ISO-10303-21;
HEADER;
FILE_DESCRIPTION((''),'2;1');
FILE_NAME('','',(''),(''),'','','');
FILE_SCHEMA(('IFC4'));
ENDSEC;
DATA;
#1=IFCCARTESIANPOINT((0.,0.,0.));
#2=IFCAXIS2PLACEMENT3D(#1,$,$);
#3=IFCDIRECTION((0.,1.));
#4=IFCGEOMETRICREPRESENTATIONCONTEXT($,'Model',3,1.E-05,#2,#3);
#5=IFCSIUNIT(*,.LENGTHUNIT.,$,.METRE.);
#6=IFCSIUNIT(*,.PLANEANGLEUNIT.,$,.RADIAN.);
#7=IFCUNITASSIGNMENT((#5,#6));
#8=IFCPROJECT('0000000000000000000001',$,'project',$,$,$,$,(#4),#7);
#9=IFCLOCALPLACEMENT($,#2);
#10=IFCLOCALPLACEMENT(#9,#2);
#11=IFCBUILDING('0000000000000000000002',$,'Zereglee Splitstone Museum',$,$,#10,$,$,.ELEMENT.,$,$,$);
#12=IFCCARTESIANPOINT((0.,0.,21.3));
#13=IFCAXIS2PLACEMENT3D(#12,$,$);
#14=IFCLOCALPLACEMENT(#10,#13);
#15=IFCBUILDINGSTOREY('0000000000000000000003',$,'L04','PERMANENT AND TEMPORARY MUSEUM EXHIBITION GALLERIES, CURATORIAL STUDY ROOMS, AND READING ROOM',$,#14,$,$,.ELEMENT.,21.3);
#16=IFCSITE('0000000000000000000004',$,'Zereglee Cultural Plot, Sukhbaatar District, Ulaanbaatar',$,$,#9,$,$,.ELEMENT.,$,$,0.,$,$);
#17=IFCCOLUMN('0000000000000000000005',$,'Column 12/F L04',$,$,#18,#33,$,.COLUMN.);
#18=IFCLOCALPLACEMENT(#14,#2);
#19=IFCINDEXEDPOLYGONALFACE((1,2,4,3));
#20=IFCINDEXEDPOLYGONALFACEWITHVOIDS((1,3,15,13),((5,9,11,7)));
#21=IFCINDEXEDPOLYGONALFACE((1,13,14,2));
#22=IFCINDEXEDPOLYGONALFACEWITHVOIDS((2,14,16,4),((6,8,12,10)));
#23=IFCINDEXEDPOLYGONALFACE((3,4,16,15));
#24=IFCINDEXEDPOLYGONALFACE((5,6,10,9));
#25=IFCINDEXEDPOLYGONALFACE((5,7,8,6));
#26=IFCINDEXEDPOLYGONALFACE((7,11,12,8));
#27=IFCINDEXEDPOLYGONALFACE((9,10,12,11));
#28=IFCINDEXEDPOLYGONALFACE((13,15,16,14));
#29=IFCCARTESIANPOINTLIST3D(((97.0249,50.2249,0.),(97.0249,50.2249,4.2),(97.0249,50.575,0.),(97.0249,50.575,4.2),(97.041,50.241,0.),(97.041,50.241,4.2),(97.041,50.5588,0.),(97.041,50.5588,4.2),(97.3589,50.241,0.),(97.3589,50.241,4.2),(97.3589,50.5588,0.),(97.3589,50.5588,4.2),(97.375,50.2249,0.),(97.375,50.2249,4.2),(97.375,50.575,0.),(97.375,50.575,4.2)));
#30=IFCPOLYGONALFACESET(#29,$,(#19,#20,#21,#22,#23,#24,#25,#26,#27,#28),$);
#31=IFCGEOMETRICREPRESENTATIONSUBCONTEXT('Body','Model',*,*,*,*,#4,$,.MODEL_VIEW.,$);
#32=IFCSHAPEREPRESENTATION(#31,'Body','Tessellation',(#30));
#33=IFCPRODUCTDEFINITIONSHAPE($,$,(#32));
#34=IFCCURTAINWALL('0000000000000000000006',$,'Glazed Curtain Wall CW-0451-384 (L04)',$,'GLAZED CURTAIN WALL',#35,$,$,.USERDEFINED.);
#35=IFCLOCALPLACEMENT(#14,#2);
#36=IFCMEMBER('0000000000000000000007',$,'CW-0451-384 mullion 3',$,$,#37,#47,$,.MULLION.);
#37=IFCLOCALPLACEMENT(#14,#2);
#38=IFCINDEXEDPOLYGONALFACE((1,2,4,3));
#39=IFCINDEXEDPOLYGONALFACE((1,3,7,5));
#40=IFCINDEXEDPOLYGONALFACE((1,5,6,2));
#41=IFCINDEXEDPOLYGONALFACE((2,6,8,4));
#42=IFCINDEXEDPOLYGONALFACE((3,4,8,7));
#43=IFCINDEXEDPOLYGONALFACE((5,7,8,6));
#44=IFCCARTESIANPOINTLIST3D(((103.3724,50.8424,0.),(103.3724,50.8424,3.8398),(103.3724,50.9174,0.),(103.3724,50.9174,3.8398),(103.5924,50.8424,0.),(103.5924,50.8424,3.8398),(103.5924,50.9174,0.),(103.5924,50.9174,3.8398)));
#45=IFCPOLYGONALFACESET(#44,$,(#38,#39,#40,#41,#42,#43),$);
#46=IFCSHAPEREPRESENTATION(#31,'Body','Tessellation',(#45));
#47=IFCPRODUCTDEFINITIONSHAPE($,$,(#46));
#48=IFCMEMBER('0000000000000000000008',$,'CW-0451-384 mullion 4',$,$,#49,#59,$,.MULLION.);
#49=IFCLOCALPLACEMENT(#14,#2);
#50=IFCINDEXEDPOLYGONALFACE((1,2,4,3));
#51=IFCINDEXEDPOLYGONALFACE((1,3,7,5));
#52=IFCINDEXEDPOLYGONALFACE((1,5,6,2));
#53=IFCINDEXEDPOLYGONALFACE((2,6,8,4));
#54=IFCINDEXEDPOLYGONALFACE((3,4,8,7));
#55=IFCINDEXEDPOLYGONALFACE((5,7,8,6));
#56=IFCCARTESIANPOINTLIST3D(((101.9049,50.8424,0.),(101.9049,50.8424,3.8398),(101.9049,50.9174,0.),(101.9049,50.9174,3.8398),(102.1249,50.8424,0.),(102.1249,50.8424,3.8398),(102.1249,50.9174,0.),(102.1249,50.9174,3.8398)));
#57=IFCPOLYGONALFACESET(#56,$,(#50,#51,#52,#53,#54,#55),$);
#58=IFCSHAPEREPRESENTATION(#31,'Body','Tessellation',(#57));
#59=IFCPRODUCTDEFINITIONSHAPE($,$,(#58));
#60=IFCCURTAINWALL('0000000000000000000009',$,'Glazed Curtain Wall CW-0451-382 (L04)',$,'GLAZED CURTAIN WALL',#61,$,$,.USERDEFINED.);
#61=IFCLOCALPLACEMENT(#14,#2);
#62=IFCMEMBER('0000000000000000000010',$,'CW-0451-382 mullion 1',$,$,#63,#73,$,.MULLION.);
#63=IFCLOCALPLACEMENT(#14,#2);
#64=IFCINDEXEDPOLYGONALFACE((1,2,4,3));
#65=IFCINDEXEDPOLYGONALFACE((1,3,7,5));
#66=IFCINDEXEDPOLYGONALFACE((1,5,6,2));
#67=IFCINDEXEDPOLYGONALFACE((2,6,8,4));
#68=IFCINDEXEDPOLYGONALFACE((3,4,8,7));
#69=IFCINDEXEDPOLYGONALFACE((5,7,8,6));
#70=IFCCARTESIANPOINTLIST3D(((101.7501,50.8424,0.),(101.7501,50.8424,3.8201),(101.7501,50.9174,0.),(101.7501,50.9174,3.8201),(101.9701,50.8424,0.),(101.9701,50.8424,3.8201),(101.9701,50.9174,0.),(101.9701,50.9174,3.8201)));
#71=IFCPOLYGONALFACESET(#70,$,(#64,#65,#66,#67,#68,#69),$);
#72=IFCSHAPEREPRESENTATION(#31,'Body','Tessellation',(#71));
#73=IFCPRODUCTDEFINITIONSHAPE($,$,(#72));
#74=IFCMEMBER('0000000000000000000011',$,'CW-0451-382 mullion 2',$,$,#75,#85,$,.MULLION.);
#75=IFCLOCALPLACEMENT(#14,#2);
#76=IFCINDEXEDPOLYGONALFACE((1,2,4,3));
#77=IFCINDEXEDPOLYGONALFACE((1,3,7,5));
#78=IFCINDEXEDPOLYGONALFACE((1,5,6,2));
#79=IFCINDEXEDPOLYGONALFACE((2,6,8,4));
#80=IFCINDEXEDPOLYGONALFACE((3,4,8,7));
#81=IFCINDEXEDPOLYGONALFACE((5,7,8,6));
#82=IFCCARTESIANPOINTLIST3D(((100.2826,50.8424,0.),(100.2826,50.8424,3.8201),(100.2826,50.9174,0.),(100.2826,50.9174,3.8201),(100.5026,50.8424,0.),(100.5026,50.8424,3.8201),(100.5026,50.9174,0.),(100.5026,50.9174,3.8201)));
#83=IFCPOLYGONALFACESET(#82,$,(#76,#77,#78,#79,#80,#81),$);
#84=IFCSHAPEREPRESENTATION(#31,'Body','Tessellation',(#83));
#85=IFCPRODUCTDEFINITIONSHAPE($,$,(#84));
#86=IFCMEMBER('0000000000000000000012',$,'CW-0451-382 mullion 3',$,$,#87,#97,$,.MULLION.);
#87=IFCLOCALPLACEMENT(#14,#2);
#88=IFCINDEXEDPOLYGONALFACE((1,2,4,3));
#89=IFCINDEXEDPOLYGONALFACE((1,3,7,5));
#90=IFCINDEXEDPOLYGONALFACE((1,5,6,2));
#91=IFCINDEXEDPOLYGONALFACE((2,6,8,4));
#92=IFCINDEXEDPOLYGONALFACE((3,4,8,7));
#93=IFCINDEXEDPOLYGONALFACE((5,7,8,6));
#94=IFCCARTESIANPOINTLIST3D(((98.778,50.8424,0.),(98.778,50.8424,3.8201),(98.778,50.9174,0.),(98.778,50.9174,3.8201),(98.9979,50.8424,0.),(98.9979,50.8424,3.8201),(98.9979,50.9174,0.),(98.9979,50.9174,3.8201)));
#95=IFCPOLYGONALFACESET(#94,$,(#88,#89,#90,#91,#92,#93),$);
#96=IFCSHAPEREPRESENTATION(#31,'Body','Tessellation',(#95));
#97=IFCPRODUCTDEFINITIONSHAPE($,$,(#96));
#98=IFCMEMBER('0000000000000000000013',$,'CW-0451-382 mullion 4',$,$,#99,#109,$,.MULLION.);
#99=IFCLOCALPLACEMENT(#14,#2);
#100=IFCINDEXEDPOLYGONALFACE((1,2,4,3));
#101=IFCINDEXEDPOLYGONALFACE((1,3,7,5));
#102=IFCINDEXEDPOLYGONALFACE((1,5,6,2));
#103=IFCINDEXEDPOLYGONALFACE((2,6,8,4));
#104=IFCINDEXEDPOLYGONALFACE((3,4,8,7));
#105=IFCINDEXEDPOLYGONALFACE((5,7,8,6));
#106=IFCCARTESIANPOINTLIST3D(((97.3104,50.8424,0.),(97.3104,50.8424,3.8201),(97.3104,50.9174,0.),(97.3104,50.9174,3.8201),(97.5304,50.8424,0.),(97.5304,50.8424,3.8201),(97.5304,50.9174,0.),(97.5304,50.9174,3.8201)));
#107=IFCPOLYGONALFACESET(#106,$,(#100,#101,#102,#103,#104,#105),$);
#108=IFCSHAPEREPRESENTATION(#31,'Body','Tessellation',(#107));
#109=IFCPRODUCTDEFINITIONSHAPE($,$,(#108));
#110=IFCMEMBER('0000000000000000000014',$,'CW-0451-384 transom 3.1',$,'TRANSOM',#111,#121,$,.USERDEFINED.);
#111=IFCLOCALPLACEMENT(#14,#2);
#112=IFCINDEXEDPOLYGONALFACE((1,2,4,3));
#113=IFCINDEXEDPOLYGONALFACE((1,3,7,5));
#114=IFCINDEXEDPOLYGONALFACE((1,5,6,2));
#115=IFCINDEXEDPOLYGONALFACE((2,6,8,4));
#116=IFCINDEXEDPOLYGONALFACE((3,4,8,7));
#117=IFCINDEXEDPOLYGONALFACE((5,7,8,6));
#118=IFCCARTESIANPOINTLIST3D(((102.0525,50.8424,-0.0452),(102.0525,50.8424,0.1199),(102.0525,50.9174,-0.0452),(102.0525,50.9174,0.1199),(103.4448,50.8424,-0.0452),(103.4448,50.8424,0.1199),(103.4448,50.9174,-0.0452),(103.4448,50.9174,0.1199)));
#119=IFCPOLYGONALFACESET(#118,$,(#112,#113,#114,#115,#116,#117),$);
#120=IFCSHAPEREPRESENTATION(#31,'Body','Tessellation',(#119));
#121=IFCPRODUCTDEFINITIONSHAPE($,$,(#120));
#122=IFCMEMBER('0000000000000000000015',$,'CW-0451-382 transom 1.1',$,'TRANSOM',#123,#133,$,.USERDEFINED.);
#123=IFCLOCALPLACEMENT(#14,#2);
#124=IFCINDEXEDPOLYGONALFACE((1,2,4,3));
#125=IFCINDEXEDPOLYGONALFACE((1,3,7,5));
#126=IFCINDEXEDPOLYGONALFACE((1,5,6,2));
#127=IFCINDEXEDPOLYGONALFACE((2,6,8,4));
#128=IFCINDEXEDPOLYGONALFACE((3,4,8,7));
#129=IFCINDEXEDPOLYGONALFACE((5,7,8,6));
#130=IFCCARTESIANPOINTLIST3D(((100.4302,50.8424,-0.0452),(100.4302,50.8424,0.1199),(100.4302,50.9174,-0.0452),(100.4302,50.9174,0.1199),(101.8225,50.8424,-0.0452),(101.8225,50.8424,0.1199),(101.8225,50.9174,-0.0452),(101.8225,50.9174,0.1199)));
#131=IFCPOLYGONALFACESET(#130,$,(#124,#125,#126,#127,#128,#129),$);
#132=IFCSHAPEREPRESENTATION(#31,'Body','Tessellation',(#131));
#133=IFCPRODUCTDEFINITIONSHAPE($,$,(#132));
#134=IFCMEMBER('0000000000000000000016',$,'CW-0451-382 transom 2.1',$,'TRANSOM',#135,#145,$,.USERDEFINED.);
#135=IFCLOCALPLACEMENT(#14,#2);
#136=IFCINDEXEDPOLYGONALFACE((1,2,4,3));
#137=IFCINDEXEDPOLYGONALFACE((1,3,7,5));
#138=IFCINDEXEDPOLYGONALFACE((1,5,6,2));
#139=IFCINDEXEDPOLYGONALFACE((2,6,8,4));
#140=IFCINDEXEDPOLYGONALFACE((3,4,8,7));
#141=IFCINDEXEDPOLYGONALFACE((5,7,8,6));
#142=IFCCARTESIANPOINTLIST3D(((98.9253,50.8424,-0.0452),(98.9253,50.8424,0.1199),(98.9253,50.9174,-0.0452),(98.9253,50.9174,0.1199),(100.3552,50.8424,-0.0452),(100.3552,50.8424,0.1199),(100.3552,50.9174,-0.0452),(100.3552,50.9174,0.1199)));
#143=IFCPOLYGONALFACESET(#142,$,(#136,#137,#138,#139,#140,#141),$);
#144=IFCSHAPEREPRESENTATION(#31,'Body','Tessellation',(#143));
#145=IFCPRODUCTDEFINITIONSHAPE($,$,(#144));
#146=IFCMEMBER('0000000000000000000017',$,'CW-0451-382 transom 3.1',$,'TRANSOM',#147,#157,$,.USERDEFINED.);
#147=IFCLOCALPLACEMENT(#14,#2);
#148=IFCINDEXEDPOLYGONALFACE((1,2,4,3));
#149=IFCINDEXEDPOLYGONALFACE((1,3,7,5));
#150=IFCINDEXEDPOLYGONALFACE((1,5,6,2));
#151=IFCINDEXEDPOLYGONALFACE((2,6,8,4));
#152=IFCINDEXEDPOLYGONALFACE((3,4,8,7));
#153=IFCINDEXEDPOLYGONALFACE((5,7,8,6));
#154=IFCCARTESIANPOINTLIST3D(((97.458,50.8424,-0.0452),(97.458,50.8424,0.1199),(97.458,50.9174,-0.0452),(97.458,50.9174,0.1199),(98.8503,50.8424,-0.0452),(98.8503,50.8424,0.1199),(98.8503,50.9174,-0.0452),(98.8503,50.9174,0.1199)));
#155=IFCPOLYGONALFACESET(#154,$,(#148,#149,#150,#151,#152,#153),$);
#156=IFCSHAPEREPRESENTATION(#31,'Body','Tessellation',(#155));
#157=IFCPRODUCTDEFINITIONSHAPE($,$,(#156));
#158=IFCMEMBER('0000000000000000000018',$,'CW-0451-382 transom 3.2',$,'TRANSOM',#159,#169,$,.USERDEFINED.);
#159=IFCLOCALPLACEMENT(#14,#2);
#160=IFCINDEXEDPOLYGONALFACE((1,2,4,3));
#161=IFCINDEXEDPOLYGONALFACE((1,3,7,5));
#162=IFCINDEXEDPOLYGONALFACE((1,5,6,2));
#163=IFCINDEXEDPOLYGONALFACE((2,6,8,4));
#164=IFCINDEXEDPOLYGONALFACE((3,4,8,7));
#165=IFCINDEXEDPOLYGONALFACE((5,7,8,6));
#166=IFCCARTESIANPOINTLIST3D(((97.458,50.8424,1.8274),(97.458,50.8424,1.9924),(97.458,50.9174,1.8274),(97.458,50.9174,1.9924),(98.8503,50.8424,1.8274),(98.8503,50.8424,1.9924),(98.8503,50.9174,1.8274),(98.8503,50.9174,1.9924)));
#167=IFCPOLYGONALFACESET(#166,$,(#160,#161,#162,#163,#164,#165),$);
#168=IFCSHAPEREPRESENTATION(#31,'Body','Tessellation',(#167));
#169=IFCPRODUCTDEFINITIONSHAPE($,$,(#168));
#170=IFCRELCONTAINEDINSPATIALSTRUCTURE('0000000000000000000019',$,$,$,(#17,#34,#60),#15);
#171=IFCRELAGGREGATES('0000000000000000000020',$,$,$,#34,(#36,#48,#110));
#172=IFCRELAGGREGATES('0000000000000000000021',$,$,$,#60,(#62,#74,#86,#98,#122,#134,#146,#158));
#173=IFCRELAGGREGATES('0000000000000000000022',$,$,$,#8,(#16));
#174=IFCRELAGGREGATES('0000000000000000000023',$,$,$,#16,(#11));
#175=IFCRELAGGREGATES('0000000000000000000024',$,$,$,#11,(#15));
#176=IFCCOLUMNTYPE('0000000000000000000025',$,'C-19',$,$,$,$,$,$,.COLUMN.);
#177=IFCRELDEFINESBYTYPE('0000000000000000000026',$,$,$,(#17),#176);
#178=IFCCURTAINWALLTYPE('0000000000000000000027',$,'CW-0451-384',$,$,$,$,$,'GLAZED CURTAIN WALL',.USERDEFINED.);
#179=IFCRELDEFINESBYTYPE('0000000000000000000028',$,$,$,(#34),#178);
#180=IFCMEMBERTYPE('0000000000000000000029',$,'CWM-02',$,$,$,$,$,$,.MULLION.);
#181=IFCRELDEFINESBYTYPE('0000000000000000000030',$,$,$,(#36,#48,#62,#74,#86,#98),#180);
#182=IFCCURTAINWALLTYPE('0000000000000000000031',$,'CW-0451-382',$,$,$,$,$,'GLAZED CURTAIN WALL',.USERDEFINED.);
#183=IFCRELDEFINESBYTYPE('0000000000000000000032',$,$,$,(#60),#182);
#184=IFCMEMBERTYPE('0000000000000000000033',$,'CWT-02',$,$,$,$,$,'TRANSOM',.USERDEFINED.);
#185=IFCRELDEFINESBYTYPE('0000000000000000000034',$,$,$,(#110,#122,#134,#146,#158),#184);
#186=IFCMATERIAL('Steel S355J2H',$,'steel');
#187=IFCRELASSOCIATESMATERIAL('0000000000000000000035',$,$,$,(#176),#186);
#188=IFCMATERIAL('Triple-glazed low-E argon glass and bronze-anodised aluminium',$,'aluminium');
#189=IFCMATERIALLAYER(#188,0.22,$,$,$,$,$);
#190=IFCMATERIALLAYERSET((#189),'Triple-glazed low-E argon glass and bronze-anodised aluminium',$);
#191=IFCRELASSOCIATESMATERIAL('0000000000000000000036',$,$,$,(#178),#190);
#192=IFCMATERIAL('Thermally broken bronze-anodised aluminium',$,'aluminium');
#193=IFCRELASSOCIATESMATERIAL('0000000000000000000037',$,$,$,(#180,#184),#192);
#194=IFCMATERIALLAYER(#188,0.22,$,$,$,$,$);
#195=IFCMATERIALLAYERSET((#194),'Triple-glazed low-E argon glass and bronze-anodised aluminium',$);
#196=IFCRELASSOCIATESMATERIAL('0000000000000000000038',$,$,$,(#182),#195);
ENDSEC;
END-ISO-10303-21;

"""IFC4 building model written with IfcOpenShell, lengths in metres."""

from ifc_helpers import new_model, si_unit, direction, frame, origin, origin_2d, place, context, subcontext, project, spatial, rectangle, hollow_rectangle, extrude, material, layer, layer_set, material_profile, profile_set, type_object, element, aggregate, save


model = new_model("IFC4")

# Units and contexts
model_context = context("Model", 3, precision=1e-05, world=origin(), true_north=direction((0.0, 1.0)))
body_context = subcontext(model_context, "Body", "Model", "MODEL_VIEW")
ifc_project = project(units=[si_unit("LENGTHUNIT", "METRE"), si_unit("PLANEANGLEUNIT", "RADIAN")], contexts=[model_context])

# Site, building, storey
site_placement = place(None, origin())
site = spatial("IfcSite", under=ifc_project, at=site_placement, Name="Zereglee Cultural Plot, Sukhbaatar District, Ulaanbaatar", CompositionType="ELEMENT", RefElevation=0.0)
building_placement = place(site_placement, origin())
building = spatial("IfcBuilding", under=site, at=building_placement, Name="Zereglee Splitstone Museum", CompositionType="ELEMENT")
storey_placement = place(building_placement, frame((0.0, 0.0, 21.3)))
storey = spatial("IfcBuildingStorey", under=building, at=storey_placement, Name="L04", Description="PERMANENT AND TEMPORARY MUSEUM EXHIBITION GALLERIES, CURATORIAL STUDY ROOMS, AND READING ROOM", CompositionType="ELEMENT", Elevation=21.3)

# Column
ifc_material_1 = material(Name="Steel S355J2H", Category="steel")
ifc_material_profile_1 = material_profile(ifc_material_1, hollow_rectangle(XDim=0.3501, YDim=0.3501, WallThickness=0.0161, at=origin_2d()), Name="SHS 350x350x16")
ifc_profile_set_1 = profile_set([ifc_material_profile_1], Name="Steel S355J2H")
column_type = type_object("IfcColumnType", Name="C-19", PredefinedType="COLUMN", material=ifc_profile_set_1)
column_placement = place(storey_placement, frame((97.2, 50.3999, 0.0), z_axis=(0.0, 0.0, 1.0), x_axis=(1.0, 0.0, 0.0)))
element("IfcColumn", 1, at=column_placement, inside=storey, type_object=column_type, Name="Column 12/F L04", PredefinedType="COLUMN", context=body_context, shape_type="SweptSolid", body=[
    extrude(hollow_rectangle(XDim=0.3501, YDim=0.3501, WallThickness=0.0161, at=origin_2d()), origin(), (0.0, 0.0, 1.0), 4.2),
])

# Curtain walls, members
ifc_material_2 = material(Name="Triple-glazed low-E argon glass and bronze-anodised aluminium", Category="aluminium")
ifc_layer_1 = layer(ifc_material_2, 0.22)
ifc_layer_set_1 = layer_set([ifc_layer_1], Name="Triple-glazed low-E argon glass and bronze-anodised aluminium")
curtain_wall_type_1 = type_object("IfcCurtainWallType", Name="CW-0451-384", ElementType="GLAZED CURTAIN WALL", PredefinedType="USERDEFINED", material=ifc_layer_set_1)
curtain_wall_1_placement = place(storey_placement, origin())
curtain_wall_1 = element("IfcCurtainWall", 2, at=curtain_wall_1_placement, inside=storey, type_object=curtain_wall_type_1, Name="Glazed Curtain Wall CW-0451-384 (L04)", ObjectType="GLAZED CURTAIN WALL", PredefinedType="USERDEFINED")
ifc_material_3 = material(Name="Thermally broken bronze-anodised aluminium", Category="aluminium")
ifc_material_profile_2 = material_profile(ifc_material_3, rectangle(XDim=0.075, YDim=0.22, at=origin_2d()), Name="CW MULL 75x220")
ifc_profile_set_2 = profile_set([ifc_material_profile_2], Name="Thermally broken bronze-anodised aluminium")
member_type_1 = type_object("IfcMemberType", Name="CWM-02", PredefinedType="MULLION", material=ifc_profile_set_2)
member_1_placement = place(storey_placement, frame((103.4824, 50.8799, 0.0), z_axis=(0.0, 0.0, 1.0), x_axis=(0.0, -1.0, 0.0)))
member_1 = element("IfcMember", 3, at=member_1_placement, type_object=member_type_1, Name="CW-0451-384 mullion 3", PredefinedType="MULLION", context=body_context, shape_type="SweptSolid", body=[
    extrude(rectangle(XDim=0.075, YDim=0.22, at=origin_2d()), origin(), (0.0, 0.0, 1.0), 3.8398),
])
member_2_placement = place(storey_placement, frame((102.0149, 50.8799, 0.0), z_axis=(0.0, 0.0, 1.0), x_axis=(0.0, -1.0, 0.0)))
member_2 = element("IfcMember", 4, at=member_2_placement, type_object=member_type_1, Name="CW-0451-384 mullion 4", PredefinedType="MULLION", context=body_context, shape_type="SweptSolid", body=[
    extrude(rectangle(XDim=0.075, YDim=0.22, at=origin_2d()), origin(), (0.0, 0.0, 1.0), 3.8398),
])
ifc_layer_2 = layer(ifc_material_2, 0.22)
ifc_layer_set_2 = layer_set([ifc_layer_2], Name="Triple-glazed low-E argon glass and bronze-anodised aluminium")
curtain_wall_type_2 = type_object("IfcCurtainWallType", Name="CW-0451-382", ElementType="GLAZED CURTAIN WALL", PredefinedType="USERDEFINED", material=ifc_layer_set_2)
curtain_wall_2_placement = place(storey_placement, origin())
curtain_wall_2 = element("IfcCurtainWall", 5, at=curtain_wall_2_placement, inside=storey, type_object=curtain_wall_type_2, Name="Glazed Curtain Wall CW-0451-382 (L04)", ObjectType="GLAZED CURTAIN WALL", PredefinedType="USERDEFINED")
member_3_placement = place(storey_placement, frame((101.8601, 50.8799, 0.0), z_axis=(0.0, 0.0, 1.0), x_axis=(0.0, -1.0, 0.0)))
member_3 = element("IfcMember", 6, at=member_3_placement, type_object=member_type_1, Name="CW-0451-382 mullion 1", PredefinedType="MULLION", context=body_context, shape_type="SweptSolid", body=[
    extrude(rectangle(XDim=0.075, YDim=0.22, at=origin_2d()), origin(), (0.0, 0.0, 1.0), 3.8201),
])
member_4_placement = place(storey_placement, frame((100.3926, 50.8799, 0.0), z_axis=(0.0, 0.0, 1.0), x_axis=(0.0, -1.0, 0.0)))
member_4 = element("IfcMember", 7, at=member_4_placement, type_object=member_type_1, Name="CW-0451-382 mullion 2", PredefinedType="MULLION", context=body_context, shape_type="SweptSolid", body=[
    extrude(rectangle(XDim=0.075, YDim=0.22, at=origin_2d()), origin(), (0.0, 0.0, 1.0), 3.8201),
])
member_5_placement = place(storey_placement, frame((98.8879, 50.8799, 0.0), z_axis=(0.0, 0.0, 1.0), x_axis=(0.0, -1.0, 0.0)))
member_5 = element("IfcMember", 8, at=member_5_placement, type_object=member_type_1, Name="CW-0451-382 mullion 3", PredefinedType="MULLION", context=body_context, shape_type="SweptSolid", body=[
    extrude(rectangle(XDim=0.075, YDim=0.22, at=origin_2d()), origin(), (0.0, 0.0, 1.0), 3.8201),
])
member_6_placement = place(storey_placement, frame((97.4204, 50.8799, 0.0), z_axis=(0.0, 0.0, 1.0), x_axis=(0.0, -1.0, 0.0)))
member_6 = element("IfcMember", 9, at=member_6_placement, type_object=member_type_1, Name="CW-0451-382 mullion 4", PredefinedType="MULLION", context=body_context, shape_type="SweptSolid", body=[
    extrude(rectangle(XDim=0.075, YDim=0.22, at=origin_2d()), origin(), (0.0, 0.0, 1.0), 3.8201),
])

# Members
ifc_material_profile_3 = material_profile(ifc_material_3, rectangle(XDim=0.075, YDim=0.165, at=origin_2d()), Name="CW TRAN 75x165")
ifc_profile_set_3 = profile_set([ifc_material_profile_3], Name="Thermally broken bronze-anodised aluminium")
member_type_2 = type_object("IfcMemberType", Name="CWT-02", ElementType="TRANSOM", PredefinedType="USERDEFINED", material=ifc_profile_set_3)
member_7_placement = place(storey_placement, frame((103.4448, 50.8799, 0.0374), z_axis=(-1.0, 0.0, 0.0), x_axis=(0.0, -1.0, 0.0)))
member_7 = element("IfcMember", 10, at=member_7_placement, type_object=member_type_2, Name="CW-0451-384 transom 3.1", ObjectType="TRANSOM", PredefinedType="USERDEFINED", context=body_context, shape_type="SweptSolid", body=[
    extrude(rectangle(XDim=0.075, YDim=0.165, at=origin_2d()), origin(), (0.0, 0.0, 1.0), 1.3923),
])
member_8_placement = place(storey_placement, frame((101.8225, 50.8799, 0.0374), z_axis=(-1.0, 0.0, 0.0), x_axis=(0.0, -1.0, 0.0)))
member_8 = element("IfcMember", 11, at=member_8_placement, type_object=member_type_2, Name="CW-0451-382 transom 1.1", ObjectType="TRANSOM", PredefinedType="USERDEFINED", context=body_context, shape_type="SweptSolid", body=[
    extrude(rectangle(XDim=0.075, YDim=0.165, at=origin_2d()), origin(), (0.0, 0.0, 1.0), 1.3923),
])
member_9_placement = place(storey_placement, frame((100.3552, 50.8799, 0.0374), z_axis=(-1.0, 0.0, 0.0), x_axis=(0.0, -1.0, 0.0)))
member_9 = element("IfcMember", 12, at=member_9_placement, type_object=member_type_2, Name="CW-0451-382 transom 2.1", ObjectType="TRANSOM", PredefinedType="USERDEFINED", context=body_context, shape_type="SweptSolid", body=[
    extrude(rectangle(XDim=0.075, YDim=0.165, at=origin_2d()), origin(), (0.0, 0.0, 1.0), 1.4299),
])
member_10_placement = place(storey_placement, frame((98.8503, 50.8799, 0.0374), z_axis=(-1.0, 0.0, 0.0), x_axis=(0.0, -1.0, 0.0)))
member_10 = element("IfcMember", 13, at=member_10_placement, type_object=member_type_2, Name="CW-0451-382 transom 3.1", ObjectType="TRANSOM", PredefinedType="USERDEFINED", context=body_context, shape_type="SweptSolid", body=[
    extrude(rectangle(XDim=0.075, YDim=0.165, at=origin_2d()), origin(), (0.0, 0.0, 1.0), 1.3923),
])
member_11_placement = place(storey_placement, frame((98.8503, 50.8799, 1.9099), z_axis=(-1.0, 0.0, 0.0), x_axis=(0.0, -1.0, 0.0)))
member_11 = element("IfcMember", 14, at=member_11_placement, type_object=member_type_2, Name="CW-0451-382 transom 3.2", ObjectType="TRANSOM", PredefinedType="USERDEFINED", context=body_context, shape_type="SweptSolid", body=[
    extrude(rectangle(XDim=0.075, YDim=0.165, at=origin_2d()), origin(), (0.0, 0.0, 1.0), 1.3923),
])

aggregate(curtain_wall_1, [member_1, member_2, member_7])
aggregate(curtain_wall_2, [member_3, member_4, member_5, member_6, member_8, member_9, member_10, member_11])

save(model, "model.ifc")
